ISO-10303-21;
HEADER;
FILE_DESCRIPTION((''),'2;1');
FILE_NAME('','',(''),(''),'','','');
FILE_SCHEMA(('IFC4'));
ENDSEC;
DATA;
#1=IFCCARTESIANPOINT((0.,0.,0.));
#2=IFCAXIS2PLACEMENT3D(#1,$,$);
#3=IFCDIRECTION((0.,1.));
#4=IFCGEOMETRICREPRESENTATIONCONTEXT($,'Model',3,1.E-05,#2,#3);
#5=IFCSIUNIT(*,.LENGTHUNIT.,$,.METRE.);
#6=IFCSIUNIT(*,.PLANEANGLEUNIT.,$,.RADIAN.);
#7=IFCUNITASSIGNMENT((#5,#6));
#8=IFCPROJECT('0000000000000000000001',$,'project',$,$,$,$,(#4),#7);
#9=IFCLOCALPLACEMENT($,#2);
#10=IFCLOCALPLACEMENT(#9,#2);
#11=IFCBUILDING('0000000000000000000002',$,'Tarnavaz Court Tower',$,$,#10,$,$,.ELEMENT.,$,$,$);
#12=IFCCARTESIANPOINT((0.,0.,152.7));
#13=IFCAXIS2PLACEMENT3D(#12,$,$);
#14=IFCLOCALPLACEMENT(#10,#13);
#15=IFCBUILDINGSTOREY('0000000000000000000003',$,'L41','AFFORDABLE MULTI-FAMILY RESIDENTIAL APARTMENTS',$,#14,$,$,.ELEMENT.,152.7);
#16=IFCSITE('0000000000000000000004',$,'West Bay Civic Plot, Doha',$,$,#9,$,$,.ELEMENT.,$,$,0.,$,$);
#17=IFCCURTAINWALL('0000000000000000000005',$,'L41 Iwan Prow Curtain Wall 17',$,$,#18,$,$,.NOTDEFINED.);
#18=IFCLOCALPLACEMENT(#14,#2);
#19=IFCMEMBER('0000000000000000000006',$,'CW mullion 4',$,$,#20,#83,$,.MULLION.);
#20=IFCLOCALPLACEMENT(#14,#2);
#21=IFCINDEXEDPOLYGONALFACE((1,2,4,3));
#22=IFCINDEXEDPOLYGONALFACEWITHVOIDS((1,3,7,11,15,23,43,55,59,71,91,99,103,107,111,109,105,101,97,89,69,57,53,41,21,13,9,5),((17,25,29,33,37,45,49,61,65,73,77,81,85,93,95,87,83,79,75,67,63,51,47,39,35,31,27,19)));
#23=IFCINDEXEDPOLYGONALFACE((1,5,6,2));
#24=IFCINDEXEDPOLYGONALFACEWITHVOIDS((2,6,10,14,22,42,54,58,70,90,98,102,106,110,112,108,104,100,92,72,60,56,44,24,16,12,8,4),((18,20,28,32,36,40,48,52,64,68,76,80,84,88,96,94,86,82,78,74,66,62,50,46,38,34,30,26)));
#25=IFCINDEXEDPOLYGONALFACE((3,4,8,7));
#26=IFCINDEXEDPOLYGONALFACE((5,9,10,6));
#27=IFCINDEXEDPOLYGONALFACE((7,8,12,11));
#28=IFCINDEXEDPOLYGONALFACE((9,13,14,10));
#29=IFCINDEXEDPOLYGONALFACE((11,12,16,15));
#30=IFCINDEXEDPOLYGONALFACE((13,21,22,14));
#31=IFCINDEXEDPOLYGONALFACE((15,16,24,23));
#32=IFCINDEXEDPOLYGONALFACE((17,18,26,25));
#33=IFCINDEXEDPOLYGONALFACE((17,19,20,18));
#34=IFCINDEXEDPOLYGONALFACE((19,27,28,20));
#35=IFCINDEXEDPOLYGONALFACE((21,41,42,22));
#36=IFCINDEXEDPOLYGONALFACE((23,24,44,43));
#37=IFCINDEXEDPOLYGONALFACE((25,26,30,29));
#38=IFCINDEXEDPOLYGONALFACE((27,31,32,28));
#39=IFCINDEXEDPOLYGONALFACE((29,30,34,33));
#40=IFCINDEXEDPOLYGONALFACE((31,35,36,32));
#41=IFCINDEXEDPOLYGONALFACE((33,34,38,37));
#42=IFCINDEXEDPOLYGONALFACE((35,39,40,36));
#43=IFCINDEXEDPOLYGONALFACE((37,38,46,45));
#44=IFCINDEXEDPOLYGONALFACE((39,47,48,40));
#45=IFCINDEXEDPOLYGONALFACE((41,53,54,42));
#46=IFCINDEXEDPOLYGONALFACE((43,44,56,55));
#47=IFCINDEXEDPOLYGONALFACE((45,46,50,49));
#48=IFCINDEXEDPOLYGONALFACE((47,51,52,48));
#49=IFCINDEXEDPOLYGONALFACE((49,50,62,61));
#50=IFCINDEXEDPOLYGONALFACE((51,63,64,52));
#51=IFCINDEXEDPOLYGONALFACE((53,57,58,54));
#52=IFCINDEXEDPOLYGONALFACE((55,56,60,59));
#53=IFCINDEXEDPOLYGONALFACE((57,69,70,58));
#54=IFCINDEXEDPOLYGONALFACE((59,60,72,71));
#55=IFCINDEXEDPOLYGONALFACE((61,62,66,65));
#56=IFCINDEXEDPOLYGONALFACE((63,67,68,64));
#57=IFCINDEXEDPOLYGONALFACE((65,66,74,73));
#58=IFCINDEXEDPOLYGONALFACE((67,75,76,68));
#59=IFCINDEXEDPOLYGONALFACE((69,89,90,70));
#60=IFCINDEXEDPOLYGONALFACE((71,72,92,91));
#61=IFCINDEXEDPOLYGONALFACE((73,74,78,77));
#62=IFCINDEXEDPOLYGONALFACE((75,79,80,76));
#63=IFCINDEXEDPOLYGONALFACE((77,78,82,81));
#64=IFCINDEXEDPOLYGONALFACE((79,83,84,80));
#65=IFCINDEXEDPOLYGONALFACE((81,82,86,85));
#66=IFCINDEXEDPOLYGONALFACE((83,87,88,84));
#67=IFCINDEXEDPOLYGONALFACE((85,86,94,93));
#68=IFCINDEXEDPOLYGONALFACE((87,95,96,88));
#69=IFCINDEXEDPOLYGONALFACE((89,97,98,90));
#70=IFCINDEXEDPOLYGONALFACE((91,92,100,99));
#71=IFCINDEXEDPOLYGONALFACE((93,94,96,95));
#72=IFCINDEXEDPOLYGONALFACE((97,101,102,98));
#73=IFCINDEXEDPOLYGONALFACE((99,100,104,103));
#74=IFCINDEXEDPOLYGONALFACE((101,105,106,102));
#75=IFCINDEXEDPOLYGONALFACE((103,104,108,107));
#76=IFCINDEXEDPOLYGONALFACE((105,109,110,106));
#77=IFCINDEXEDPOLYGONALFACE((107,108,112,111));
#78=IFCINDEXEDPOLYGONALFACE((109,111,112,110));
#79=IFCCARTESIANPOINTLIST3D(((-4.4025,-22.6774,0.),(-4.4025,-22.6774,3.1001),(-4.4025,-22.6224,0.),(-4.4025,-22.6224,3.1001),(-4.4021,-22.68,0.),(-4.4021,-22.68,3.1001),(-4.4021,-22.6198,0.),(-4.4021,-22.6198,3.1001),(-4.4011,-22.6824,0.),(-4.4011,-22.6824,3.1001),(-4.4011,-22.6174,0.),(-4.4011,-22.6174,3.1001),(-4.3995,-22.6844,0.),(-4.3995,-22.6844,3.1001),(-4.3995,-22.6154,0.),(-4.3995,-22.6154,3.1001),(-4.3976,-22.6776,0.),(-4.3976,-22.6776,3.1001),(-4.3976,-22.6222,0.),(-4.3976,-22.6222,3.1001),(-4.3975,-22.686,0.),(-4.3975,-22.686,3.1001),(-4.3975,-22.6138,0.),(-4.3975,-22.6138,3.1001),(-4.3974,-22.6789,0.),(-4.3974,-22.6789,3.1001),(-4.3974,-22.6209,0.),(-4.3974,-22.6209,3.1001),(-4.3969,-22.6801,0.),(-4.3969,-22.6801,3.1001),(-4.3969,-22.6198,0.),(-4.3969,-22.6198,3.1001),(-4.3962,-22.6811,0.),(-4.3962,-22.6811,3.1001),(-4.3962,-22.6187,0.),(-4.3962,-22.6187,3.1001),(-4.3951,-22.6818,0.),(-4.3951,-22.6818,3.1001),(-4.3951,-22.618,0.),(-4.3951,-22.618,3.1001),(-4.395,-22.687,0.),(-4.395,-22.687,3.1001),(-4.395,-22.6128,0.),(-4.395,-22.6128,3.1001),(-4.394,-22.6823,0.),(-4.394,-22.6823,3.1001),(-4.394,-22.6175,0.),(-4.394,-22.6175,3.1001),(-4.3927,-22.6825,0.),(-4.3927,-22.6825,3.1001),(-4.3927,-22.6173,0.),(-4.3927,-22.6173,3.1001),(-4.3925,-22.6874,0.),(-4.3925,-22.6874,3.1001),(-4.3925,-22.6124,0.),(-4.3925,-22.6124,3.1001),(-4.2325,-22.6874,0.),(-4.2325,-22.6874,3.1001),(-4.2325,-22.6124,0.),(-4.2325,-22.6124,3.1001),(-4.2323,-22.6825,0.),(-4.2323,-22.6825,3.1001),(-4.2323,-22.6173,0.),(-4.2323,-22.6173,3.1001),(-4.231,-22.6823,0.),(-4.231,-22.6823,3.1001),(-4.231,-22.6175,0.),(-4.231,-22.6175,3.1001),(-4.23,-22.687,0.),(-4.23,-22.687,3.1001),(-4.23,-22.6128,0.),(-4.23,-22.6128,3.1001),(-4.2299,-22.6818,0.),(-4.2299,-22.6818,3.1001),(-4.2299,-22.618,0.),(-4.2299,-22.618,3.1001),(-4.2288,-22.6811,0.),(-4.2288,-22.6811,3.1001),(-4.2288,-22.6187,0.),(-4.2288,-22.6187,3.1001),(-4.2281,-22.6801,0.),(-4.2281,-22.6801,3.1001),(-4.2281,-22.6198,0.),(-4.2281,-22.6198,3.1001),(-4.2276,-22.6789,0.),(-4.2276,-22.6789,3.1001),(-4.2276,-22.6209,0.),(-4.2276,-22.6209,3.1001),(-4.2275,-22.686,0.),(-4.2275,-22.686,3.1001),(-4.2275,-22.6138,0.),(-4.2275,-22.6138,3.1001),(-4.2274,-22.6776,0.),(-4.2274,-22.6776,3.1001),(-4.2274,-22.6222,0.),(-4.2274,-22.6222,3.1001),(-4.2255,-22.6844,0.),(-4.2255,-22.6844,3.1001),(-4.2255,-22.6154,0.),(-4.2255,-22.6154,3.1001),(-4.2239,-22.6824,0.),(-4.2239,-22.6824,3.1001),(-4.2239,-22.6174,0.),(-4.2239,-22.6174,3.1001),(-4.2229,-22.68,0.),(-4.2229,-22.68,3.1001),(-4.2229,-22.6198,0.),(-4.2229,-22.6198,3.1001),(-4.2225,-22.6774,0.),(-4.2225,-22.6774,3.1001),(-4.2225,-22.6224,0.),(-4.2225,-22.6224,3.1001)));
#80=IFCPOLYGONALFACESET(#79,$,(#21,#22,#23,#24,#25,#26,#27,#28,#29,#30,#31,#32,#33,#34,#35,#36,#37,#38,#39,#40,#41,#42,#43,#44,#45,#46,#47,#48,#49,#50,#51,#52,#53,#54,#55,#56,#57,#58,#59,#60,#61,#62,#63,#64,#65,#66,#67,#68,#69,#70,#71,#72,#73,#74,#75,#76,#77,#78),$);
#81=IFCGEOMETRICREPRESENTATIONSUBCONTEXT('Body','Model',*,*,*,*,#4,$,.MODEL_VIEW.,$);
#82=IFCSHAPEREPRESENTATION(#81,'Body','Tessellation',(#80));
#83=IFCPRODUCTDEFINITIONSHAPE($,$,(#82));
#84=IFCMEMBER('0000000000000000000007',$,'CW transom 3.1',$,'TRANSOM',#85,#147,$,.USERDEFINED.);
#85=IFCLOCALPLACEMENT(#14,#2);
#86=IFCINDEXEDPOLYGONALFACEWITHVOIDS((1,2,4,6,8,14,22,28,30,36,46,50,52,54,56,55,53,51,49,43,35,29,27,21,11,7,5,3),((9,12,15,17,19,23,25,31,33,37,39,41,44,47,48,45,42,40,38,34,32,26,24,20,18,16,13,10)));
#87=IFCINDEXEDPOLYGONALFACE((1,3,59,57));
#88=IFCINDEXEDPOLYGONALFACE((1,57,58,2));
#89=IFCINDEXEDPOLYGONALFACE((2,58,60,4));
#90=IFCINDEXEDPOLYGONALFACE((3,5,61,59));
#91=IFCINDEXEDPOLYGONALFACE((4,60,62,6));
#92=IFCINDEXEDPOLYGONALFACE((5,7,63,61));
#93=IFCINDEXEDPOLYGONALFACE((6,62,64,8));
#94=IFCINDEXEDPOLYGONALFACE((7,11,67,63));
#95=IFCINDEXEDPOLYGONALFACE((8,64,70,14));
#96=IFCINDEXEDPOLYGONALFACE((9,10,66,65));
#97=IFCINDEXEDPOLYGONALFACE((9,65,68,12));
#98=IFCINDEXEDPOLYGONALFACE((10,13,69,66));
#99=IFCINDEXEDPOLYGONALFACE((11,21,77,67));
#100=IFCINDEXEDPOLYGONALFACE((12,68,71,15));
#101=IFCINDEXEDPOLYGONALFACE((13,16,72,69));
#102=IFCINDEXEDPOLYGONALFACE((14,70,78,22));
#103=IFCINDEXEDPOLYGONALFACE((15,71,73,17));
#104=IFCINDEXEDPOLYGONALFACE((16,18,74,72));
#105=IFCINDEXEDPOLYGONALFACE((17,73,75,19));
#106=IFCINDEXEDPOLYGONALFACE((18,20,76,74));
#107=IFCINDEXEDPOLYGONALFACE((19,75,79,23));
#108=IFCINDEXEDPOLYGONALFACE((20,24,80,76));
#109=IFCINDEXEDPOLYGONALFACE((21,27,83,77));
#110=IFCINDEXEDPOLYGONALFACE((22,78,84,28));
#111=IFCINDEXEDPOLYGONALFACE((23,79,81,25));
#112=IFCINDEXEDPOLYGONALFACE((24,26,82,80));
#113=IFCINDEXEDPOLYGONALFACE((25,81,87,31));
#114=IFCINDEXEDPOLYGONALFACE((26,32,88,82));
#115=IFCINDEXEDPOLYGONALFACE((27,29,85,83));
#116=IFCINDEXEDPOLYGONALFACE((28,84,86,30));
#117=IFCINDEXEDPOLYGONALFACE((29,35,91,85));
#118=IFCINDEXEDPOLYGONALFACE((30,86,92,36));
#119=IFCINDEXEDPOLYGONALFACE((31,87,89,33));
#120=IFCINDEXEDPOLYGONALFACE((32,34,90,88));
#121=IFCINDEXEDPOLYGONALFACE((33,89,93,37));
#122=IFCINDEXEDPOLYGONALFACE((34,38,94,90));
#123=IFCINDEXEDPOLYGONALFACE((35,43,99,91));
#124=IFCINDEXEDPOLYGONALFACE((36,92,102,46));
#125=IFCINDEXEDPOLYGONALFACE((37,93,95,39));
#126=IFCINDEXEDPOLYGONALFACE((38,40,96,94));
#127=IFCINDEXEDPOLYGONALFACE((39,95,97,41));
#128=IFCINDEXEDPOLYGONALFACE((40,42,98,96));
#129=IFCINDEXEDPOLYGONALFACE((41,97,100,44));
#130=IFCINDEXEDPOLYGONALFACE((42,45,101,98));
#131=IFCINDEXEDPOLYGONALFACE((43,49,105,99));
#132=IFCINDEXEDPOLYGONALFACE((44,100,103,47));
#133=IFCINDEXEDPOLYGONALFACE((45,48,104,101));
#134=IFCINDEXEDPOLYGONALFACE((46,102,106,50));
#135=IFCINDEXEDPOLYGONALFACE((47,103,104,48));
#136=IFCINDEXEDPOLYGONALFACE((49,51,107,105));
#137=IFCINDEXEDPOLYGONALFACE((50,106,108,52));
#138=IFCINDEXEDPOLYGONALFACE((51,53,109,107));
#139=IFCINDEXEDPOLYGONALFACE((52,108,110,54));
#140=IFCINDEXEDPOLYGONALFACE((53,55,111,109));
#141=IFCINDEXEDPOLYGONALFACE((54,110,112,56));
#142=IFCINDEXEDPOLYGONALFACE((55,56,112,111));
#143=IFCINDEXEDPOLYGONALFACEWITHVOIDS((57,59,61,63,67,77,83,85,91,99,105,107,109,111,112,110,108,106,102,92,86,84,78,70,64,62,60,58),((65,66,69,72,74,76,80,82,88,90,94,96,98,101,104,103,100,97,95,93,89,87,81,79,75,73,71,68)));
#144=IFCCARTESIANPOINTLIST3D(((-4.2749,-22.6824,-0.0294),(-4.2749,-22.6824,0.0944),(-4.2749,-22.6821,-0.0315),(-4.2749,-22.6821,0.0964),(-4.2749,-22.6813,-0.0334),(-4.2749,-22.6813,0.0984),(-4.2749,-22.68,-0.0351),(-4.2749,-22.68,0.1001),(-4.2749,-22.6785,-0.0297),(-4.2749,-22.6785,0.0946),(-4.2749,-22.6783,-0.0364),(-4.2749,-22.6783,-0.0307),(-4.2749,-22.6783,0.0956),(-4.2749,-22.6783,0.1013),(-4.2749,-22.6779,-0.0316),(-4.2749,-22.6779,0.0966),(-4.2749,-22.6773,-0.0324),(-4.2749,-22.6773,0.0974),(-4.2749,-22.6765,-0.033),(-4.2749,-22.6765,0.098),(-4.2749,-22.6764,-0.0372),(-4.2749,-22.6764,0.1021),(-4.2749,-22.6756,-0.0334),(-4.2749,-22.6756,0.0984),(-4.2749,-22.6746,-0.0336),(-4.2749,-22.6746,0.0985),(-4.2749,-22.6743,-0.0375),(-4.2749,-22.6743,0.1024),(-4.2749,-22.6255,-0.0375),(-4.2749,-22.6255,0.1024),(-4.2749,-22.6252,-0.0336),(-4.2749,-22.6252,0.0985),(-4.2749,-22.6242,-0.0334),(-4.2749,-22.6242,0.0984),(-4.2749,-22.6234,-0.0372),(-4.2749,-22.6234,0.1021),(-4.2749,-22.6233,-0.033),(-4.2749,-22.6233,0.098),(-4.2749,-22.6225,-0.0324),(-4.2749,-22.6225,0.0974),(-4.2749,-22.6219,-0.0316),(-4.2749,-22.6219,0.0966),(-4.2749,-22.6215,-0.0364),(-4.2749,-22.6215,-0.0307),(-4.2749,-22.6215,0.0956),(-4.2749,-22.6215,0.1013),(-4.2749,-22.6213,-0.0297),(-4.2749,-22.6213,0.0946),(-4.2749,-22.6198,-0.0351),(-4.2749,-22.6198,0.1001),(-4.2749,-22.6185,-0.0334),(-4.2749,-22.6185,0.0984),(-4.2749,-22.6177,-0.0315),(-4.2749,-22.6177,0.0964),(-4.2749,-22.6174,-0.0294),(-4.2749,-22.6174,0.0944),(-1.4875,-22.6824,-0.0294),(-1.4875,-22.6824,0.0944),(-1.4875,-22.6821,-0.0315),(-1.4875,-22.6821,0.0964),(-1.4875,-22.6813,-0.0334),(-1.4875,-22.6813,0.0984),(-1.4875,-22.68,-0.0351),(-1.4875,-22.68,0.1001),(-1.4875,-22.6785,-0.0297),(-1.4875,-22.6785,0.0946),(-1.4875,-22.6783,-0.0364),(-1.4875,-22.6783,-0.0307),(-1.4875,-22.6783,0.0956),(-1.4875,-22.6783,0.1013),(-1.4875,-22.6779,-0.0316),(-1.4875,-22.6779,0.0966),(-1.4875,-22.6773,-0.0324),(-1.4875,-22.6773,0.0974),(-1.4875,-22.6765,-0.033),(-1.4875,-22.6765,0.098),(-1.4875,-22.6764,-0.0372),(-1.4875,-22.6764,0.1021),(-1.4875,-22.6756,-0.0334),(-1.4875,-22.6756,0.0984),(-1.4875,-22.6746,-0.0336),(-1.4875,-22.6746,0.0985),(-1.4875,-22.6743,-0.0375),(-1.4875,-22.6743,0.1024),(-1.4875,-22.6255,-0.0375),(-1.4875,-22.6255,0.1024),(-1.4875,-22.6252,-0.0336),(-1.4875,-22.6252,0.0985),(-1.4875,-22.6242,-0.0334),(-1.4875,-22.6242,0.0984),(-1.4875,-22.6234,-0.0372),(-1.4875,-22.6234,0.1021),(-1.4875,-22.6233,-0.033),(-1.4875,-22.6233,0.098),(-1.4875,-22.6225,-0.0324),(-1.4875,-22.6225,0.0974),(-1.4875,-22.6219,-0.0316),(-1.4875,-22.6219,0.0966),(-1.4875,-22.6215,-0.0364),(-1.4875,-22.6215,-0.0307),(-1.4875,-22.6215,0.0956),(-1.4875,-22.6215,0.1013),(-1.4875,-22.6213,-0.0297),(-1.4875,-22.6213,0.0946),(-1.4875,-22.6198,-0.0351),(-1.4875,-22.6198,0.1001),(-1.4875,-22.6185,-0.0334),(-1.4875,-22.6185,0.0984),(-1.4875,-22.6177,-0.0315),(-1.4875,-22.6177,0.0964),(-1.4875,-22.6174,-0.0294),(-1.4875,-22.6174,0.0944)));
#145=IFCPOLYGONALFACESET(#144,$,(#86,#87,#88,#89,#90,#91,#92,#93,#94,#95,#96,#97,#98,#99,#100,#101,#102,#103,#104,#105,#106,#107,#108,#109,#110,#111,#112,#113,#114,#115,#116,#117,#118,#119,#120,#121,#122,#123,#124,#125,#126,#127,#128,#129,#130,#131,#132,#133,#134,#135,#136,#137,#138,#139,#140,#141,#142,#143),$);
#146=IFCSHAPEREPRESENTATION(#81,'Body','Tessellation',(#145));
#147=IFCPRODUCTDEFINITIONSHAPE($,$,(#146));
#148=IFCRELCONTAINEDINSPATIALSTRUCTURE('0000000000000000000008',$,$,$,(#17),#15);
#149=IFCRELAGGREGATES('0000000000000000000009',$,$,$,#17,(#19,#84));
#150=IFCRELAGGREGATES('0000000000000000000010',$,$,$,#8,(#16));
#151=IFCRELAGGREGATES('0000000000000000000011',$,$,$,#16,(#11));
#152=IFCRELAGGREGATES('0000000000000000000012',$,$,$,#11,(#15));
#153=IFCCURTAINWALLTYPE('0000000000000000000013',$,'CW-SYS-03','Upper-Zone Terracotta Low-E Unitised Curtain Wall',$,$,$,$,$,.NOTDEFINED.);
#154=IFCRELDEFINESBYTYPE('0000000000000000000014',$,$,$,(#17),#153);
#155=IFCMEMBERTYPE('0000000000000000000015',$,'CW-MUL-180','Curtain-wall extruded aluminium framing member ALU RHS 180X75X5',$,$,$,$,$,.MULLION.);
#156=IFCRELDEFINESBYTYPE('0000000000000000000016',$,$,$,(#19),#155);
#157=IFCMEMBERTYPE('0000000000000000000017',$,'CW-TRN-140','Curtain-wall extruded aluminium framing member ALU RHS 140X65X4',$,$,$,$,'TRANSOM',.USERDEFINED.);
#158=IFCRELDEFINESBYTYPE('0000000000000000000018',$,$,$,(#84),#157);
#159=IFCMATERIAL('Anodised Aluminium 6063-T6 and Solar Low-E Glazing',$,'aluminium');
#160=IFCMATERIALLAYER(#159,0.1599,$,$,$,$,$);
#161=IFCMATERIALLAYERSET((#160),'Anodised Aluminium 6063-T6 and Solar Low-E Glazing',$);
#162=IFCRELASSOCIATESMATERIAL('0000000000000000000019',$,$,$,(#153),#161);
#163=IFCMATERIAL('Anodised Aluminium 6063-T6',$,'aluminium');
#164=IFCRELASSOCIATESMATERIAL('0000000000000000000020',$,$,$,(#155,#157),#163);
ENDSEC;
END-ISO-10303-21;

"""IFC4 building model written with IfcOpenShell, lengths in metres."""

from ifc_helpers import new_model, si_unit, direction, frame, origin, origin_2d, place, context, subcontext, project, spatial, hollow_rectangle, extrude, material, layer, layer_set, material_profile, profile_set, type_object, element, aggregate, save


model = new_model("IFC4")

# Units and contexts
model_context = context("Model", 3, precision=1e-05, world=origin(), true_north=direction((0.0, 1.0)))
body_context = subcontext(model_context, "Body", "Model", "MODEL_VIEW")
ifc_project = project(units=[si_unit("LENGTHUNIT", "METRE"), si_unit("PLANEANGLEUNIT", "RADIAN")], contexts=[model_context])

# Site, building, storey
site_placement = place(None, origin())
site = spatial("IfcSite", under=ifc_project, at=site_placement, Name="West Bay Civic Plot, Doha", CompositionType="ELEMENT", RefElevation=0.0)
building_placement = place(site_placement, origin())
building = spatial("IfcBuilding", under=site, at=building_placement, Name="Tarnavaz Court Tower", CompositionType="ELEMENT")
storey_placement = place(building_placement, frame((0.0, 0.0, 152.7)))
storey = spatial("IfcBuildingStorey", under=building, at=storey_placement, Name="L41", Description="AFFORDABLE MULTI-FAMILY RESIDENTIAL APARTMENTS", CompositionType="ELEMENT", Elevation=152.7)

# Curtain wall, members
ifc_material_1 = material(Name="Anodised Aluminium 6063-T6 and Solar Low-E Glazing", Category="aluminium")
ifc_layer_1 = layer(ifc_material_1, 0.1599)
ifc_layer_set_1 = layer_set([ifc_layer_1], Name="Anodised Aluminium 6063-T6 and Solar Low-E Glazing")
curtain_wall_type = type_object("IfcCurtainWallType", Name="CW-SYS-03", Description="Upper-Zone Terracotta Low-E Unitised Curtain Wall", PredefinedType="NOTDEFINED", material=ifc_layer_set_1)
curtain_wall_placement = place(storey_placement, origin())
curtain_wall = element("IfcCurtainWall", 1, at=curtain_wall_placement, inside=storey, type_object=curtain_wall_type, Name="L41 Iwan Prow Curtain Wall 17", PredefinedType="NOTDEFINED")
ifc_material_2 = material(Name="Anodised Aluminium 6063-T6", Category="aluminium")
ifc_material_profile_1 = material_profile(ifc_material_2, hollow_rectangle(XDim=0.075, YDim=0.1799, WallThickness=0.0049, InnerFilletRadius=0.0049, OuterFilletRadius=0.01, at=origin_2d()), Name="ALU RHS 180X75X5")
ifc_profile_set_1 = profile_set([ifc_material_profile_1], Name="Anodised Aluminium 6063-T6")
member_type_1 = type_object("IfcMemberType", Name="CW-MUL-180", Description="Curtain-wall extruded aluminium framing member ALU RHS 180X75X5", PredefinedType="MULLION", material=ifc_profile_set_1)
member_1_placement = place(storey_placement, frame((-4.3125, -22.6499, 0.0), z_axis=(0.0, 0.0, 1.0), x_axis=(0.0, -1.0, 0.0)))
member_1 = element("IfcMember", 2, at=member_1_placement, type_object=member_type_1, Name="CW mullion 4", PredefinedType="MULLION", context=body_context, shape_type="SweptSolid", body=[
    extrude(hollow_rectangle(XDim=0.075, YDim=0.1799, WallThickness=0.0049, InnerFilletRadius=0.0049, OuterFilletRadius=0.01, at=origin_2d()), origin(), (0.0, 0.0, 1.0), 3.1001),
])
ifc_material_profile_2 = material_profile(ifc_material_2, hollow_rectangle(XDim=0.0649, YDim=0.1399, WallThickness=0.0039, InnerFilletRadius=0.0039, OuterFilletRadius=0.0081, at=origin_2d()), Name="ALU RHS 140X65X4")
ifc_profile_set_2 = profile_set([ifc_material_profile_2], Name="Anodised Aluminium 6063-T6")
member_type_2 = type_object("IfcMemberType", Name="CW-TRN-140", Description="Curtain-wall extruded aluminium framing member ALU RHS 140X65X4", ElementType="TRANSOM", PredefinedType="USERDEFINED", material=ifc_profile_set_2)
member_2_placement = place(storey_placement, frame((-1.4875, -22.6499, 0.0325), z_axis=(-1.0, 0.0, 0.0), x_axis=(0.0, -1.0, 0.0)))
member_2 = element("IfcMember", 3, at=member_2_placement, type_object=member_type_2, Name="CW transom 3.1", ObjectType="TRANSOM", PredefinedType="USERDEFINED", context=body_context, shape_type="SweptSolid", body=[
    extrude(hollow_rectangle(XDim=0.0649, YDim=0.1399, WallThickness=0.0039, InnerFilletRadius=0.0039, OuterFilletRadius=0.0081, at=origin_2d()), origin(), (0.0, 0.0, 1.0), 2.7874),
])
aggregate(curtain_wall, [member_1, member_2])

save(model, "model.ifc")
